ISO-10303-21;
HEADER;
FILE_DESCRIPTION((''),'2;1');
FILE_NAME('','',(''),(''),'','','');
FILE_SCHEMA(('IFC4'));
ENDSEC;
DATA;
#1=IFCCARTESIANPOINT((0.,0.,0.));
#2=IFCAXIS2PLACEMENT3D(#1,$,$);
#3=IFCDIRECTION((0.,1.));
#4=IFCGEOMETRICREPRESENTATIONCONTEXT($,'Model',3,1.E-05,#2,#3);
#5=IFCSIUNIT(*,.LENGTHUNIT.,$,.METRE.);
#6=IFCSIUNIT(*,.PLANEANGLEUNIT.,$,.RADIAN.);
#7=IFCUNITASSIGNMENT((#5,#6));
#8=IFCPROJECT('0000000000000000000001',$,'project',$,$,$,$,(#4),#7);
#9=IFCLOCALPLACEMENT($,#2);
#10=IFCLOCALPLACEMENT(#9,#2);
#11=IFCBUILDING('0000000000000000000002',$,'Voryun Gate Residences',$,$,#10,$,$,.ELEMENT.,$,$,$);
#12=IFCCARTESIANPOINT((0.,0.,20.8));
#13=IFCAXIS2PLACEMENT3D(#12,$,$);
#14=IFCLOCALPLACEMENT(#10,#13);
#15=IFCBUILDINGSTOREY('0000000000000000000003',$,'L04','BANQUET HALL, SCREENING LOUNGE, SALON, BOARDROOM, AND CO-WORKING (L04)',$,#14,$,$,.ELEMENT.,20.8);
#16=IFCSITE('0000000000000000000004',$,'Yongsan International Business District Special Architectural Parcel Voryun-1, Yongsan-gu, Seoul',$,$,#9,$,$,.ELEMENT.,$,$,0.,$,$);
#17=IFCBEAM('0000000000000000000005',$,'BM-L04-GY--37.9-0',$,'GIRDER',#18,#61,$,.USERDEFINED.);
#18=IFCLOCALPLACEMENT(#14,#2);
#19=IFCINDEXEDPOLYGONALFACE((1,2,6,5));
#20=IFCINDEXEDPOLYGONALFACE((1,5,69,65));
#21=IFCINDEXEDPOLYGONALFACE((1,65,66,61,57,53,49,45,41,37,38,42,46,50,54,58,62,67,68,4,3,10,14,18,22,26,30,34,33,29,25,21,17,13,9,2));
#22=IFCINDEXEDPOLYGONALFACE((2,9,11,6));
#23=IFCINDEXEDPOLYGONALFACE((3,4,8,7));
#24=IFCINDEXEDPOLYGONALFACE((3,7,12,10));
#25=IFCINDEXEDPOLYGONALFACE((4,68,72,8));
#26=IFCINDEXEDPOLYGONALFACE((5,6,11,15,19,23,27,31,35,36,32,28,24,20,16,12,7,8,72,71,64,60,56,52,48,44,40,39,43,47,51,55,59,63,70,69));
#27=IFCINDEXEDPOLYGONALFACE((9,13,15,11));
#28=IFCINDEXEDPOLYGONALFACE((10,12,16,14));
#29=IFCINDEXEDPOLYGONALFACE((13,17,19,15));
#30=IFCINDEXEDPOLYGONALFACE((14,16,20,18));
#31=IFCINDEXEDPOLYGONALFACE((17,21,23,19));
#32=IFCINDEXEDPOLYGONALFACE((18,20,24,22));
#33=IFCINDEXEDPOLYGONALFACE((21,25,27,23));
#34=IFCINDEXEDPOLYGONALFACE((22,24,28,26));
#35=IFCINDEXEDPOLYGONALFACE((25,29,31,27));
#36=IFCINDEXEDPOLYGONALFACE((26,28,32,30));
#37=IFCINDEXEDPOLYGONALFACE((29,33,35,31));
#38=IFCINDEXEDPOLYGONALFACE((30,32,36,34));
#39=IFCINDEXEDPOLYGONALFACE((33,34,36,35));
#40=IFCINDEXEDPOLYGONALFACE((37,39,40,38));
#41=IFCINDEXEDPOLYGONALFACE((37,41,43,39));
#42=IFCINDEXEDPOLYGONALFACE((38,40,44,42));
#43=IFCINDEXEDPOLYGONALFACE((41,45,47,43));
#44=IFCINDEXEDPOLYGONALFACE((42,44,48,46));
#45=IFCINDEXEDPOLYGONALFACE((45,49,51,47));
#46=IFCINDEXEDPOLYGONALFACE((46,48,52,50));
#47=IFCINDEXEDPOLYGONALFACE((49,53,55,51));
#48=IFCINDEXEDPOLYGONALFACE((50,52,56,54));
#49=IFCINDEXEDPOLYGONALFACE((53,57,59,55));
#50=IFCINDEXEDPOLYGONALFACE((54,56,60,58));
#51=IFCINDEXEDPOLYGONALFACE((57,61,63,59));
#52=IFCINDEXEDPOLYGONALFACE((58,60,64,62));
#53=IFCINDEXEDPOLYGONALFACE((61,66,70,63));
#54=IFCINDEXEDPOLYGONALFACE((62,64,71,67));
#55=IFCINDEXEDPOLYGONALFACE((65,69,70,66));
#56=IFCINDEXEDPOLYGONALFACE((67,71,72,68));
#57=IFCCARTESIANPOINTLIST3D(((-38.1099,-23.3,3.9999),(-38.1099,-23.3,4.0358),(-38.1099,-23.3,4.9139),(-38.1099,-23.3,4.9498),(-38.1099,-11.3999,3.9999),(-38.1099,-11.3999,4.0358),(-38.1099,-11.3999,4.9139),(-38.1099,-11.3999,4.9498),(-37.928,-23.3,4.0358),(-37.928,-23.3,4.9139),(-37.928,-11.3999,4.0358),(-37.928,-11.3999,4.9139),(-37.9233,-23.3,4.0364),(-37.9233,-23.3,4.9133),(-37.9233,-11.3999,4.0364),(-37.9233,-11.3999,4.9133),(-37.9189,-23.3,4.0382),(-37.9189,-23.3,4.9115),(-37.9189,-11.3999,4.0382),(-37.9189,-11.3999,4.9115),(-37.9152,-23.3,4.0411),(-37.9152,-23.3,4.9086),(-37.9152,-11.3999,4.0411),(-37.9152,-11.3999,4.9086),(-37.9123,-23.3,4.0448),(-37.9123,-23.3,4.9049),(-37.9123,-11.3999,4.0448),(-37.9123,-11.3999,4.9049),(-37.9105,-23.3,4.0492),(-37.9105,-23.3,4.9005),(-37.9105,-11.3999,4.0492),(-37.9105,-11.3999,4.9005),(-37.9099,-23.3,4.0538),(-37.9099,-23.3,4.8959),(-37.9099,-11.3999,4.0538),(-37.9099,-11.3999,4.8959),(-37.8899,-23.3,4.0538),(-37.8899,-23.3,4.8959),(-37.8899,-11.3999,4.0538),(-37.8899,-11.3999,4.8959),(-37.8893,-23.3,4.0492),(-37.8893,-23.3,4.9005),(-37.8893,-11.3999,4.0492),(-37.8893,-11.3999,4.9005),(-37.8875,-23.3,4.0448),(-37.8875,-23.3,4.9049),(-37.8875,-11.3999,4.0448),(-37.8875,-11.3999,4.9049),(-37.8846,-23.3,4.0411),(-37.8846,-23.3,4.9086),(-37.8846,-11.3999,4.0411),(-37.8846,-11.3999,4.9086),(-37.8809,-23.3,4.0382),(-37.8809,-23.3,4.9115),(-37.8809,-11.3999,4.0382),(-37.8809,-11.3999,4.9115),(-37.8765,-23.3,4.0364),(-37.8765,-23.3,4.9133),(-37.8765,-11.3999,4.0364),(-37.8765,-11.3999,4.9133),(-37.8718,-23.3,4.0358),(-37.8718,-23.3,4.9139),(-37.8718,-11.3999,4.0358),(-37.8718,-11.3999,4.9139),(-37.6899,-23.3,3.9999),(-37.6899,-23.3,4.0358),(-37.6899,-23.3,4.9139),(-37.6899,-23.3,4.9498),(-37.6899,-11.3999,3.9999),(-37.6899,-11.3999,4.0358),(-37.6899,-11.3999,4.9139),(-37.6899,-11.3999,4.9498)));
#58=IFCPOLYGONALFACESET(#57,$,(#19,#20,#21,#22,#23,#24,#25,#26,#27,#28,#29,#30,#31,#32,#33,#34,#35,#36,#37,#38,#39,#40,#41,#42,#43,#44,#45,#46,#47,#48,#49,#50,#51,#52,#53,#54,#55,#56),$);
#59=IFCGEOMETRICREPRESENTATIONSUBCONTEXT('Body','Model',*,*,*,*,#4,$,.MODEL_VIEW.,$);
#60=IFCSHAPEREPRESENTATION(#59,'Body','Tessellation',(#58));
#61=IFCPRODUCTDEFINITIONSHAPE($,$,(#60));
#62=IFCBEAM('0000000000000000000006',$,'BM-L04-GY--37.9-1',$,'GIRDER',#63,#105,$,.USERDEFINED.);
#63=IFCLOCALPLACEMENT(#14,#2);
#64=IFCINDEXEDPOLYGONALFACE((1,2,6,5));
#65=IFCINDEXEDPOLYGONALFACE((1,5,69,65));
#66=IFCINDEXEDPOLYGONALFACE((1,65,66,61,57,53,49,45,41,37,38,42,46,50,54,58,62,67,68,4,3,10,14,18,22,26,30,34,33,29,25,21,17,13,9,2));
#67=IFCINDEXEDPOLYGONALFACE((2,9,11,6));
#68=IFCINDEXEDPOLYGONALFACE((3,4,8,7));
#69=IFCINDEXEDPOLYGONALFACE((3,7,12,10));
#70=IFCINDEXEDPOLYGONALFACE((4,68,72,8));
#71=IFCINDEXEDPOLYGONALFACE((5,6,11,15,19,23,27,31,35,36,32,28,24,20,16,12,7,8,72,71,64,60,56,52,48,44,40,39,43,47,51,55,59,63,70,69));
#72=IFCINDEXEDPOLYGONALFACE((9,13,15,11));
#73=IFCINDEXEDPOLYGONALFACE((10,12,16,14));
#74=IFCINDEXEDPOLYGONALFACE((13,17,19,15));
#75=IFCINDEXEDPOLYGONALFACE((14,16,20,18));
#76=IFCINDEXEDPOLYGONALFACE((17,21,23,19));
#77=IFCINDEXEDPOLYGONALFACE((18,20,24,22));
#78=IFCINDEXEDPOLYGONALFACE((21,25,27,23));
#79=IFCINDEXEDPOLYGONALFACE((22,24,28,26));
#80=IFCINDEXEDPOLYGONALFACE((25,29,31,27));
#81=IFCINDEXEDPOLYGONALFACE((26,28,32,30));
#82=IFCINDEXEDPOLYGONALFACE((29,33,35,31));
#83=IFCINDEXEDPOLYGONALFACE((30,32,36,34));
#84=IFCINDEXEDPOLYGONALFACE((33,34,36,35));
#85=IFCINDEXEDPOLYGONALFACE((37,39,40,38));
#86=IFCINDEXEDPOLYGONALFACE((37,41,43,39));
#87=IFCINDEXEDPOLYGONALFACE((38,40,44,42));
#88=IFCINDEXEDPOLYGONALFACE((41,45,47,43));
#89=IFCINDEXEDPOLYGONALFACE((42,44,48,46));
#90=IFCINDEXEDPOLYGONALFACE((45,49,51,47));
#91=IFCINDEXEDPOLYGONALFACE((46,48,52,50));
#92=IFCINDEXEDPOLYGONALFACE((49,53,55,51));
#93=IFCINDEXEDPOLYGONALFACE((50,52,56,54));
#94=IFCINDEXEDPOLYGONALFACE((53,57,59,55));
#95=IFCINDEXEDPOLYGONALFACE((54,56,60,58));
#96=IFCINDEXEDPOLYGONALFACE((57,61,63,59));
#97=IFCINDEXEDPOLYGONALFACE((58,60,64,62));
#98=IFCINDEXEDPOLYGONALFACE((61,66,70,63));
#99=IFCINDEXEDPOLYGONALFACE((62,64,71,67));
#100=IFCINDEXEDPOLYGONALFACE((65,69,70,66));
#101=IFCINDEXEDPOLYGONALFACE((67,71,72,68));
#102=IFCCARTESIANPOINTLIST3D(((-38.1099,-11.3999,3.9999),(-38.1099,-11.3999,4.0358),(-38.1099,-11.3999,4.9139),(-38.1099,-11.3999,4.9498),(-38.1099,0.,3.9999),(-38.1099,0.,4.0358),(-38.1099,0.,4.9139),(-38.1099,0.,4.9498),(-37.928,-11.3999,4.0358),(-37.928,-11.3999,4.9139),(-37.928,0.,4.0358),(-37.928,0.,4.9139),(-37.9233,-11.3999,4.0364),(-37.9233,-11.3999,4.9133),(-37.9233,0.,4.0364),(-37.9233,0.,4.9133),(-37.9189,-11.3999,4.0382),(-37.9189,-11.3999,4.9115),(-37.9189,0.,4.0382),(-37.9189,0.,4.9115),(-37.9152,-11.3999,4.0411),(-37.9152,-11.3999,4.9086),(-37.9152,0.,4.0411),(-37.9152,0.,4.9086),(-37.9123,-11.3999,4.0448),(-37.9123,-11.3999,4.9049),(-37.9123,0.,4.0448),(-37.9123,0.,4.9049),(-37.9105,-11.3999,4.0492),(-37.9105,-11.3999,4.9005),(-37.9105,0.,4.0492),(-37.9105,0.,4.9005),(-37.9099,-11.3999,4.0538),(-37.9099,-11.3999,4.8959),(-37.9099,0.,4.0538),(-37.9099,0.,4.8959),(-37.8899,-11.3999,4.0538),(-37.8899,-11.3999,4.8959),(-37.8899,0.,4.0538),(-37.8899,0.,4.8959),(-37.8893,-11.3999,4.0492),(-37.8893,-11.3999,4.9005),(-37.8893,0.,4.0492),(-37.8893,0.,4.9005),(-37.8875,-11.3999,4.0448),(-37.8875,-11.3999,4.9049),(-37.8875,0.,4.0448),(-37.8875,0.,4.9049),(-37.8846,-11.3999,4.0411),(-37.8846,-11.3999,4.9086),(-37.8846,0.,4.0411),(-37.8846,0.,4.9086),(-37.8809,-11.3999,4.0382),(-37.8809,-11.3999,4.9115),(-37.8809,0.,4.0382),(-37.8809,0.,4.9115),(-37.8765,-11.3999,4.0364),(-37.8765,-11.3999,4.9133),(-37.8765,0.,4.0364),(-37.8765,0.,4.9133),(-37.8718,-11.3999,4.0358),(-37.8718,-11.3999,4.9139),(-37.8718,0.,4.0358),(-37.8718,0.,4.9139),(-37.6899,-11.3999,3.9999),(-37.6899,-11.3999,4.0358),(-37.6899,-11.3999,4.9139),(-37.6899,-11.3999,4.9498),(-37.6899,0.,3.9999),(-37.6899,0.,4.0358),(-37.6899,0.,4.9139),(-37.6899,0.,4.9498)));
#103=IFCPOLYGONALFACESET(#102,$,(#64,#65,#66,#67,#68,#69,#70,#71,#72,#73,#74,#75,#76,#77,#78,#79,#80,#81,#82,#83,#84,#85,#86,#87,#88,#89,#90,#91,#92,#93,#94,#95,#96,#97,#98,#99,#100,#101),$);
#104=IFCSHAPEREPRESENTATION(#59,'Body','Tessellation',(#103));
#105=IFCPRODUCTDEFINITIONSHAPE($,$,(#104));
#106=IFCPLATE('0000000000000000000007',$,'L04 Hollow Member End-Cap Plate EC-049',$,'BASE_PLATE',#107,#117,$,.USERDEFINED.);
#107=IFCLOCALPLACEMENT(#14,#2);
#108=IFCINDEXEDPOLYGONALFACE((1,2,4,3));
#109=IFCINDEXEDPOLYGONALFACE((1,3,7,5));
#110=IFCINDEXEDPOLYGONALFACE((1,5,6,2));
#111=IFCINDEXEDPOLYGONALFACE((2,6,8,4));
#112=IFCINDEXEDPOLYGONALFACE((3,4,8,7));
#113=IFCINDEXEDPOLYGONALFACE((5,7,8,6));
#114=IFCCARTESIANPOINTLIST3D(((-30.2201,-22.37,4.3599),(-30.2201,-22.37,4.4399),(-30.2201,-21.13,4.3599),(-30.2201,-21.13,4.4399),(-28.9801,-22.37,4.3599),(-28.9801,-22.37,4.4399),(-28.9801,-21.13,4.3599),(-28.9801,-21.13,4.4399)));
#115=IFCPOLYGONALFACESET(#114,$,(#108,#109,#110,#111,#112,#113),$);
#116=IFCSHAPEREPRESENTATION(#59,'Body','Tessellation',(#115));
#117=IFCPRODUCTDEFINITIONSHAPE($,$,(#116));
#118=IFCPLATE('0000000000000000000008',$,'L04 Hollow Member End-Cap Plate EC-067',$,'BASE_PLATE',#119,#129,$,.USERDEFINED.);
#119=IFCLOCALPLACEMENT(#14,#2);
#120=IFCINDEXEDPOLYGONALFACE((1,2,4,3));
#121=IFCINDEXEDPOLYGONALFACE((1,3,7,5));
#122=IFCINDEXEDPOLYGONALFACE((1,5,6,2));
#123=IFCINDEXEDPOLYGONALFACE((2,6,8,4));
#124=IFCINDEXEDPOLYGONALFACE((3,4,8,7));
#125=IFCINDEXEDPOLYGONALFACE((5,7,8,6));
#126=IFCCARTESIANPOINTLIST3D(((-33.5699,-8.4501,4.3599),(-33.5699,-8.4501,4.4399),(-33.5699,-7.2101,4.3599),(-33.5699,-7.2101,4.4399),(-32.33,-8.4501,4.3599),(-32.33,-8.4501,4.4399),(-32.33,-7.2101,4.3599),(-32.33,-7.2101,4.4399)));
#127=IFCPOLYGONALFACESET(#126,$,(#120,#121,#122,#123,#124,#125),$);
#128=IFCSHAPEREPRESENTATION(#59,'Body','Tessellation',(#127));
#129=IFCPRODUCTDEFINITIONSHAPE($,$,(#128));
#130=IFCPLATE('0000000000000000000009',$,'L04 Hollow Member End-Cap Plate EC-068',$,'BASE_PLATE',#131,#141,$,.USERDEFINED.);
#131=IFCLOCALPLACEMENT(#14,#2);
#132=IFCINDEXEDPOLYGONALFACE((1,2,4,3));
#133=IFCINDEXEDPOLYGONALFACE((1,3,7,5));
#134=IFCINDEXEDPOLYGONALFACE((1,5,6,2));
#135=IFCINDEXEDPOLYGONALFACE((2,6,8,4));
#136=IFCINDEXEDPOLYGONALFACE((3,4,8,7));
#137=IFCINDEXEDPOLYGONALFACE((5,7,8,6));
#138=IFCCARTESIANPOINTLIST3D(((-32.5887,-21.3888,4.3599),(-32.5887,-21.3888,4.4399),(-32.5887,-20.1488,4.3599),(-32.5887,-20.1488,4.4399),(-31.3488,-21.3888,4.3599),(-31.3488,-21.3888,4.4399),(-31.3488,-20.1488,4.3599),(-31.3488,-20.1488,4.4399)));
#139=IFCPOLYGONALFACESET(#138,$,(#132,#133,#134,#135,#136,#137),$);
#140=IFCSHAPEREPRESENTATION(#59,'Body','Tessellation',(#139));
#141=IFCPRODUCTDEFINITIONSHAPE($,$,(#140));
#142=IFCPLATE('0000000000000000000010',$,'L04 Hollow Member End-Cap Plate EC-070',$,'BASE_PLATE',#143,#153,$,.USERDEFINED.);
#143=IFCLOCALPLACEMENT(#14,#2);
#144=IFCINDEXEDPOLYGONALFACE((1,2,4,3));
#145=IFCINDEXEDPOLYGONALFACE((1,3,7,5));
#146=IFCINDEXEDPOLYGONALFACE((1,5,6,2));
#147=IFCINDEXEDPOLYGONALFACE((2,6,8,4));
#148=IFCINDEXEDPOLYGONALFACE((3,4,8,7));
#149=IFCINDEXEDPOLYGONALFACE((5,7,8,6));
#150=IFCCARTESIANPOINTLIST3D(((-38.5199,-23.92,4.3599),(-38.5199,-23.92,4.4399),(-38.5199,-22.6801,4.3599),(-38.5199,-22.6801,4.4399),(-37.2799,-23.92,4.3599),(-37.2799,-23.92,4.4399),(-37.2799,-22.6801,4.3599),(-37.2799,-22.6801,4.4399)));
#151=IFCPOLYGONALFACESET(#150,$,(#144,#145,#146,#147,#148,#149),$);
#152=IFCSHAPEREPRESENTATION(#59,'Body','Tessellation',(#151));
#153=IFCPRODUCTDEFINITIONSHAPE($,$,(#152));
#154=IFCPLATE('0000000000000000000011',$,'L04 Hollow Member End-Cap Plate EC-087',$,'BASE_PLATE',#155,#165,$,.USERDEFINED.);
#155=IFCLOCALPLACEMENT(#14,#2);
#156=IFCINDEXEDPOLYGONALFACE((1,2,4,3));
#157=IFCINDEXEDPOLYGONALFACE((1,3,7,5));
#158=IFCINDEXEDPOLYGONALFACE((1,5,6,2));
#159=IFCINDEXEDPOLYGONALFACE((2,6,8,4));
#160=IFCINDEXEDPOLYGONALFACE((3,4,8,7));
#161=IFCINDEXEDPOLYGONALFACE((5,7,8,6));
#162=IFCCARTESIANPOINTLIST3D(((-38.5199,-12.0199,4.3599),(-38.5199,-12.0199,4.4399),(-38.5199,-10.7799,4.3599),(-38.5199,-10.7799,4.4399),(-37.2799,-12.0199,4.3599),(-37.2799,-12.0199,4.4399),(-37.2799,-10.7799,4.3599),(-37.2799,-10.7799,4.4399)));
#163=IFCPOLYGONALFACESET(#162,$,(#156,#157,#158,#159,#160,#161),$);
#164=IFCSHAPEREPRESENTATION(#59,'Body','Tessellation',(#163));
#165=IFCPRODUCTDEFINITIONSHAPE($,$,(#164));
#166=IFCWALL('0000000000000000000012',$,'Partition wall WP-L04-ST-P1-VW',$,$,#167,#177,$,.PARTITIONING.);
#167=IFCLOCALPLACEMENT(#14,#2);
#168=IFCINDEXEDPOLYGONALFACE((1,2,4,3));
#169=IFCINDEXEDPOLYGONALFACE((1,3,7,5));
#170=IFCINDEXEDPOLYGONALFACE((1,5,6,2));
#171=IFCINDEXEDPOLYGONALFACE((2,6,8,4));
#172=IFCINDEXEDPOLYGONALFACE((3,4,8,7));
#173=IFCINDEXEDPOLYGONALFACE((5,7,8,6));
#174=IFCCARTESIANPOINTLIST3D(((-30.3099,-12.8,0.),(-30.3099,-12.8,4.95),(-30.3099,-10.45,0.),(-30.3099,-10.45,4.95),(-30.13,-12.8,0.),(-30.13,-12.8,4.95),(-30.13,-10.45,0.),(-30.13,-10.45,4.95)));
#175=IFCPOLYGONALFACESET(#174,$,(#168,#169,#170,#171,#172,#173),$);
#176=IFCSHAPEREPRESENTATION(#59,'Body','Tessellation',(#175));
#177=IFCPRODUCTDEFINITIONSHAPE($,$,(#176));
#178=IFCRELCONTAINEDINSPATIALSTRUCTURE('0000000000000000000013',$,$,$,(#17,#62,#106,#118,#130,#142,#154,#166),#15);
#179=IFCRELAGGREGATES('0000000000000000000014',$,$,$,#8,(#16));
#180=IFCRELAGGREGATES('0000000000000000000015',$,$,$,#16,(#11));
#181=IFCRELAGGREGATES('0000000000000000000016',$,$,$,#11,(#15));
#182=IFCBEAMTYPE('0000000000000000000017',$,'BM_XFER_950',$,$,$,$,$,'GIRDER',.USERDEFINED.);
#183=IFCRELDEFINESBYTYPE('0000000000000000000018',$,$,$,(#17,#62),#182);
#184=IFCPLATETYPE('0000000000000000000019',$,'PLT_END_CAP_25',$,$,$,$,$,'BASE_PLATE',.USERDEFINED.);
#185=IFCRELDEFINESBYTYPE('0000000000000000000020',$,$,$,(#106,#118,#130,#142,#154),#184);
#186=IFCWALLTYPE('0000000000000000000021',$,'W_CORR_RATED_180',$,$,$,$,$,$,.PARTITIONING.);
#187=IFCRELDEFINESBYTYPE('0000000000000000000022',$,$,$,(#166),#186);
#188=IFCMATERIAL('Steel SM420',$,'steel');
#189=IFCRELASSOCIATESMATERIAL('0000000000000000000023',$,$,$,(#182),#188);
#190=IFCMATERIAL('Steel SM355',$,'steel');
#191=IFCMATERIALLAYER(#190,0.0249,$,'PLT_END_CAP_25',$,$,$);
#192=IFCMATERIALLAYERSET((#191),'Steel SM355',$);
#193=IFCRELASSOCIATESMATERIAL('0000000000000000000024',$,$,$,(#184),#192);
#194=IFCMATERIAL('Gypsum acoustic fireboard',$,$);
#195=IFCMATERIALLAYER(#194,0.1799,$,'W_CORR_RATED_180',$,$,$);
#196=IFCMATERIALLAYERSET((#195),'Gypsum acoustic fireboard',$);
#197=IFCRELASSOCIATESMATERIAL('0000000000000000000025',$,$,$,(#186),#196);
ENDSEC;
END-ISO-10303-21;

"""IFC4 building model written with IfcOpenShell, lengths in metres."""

from ifc_helpers import new_model, si_unit, direction, frame, frame_2d, origin, origin_2d, place, context, subcontext, project, spatial, rectangle, i_section, extrude, material, layer, layer_set, material_profile, profile_set, type_object, element, save


model = new_model("IFC4")

# Units and contexts
model_context = context("Model", 3, precision=1e-05, world=origin(), true_north=direction((0.0, 1.0)))
body_context = subcontext(model_context, "Body", "Model", "MODEL_VIEW")
ifc_project = project(units=[si_unit("LENGTHUNIT", "METRE"), si_unit("PLANEANGLEUNIT", "RADIAN")], contexts=[model_context])

# Site, building, storey
site_placement = place(None, origin())
site = spatial("IfcSite", under=ifc_project, at=site_placement, Name="Yongsan International Business District Special Architectural Parcel Voryun-1, Yongsan-gu, Seoul", CompositionType="ELEMENT", RefElevation=0.0)
building_placement = place(site_placement, origin())
building = spatial("IfcBuilding", under=site, at=building_placement, Name="Voryun Gate Residences", CompositionType="ELEMENT")
storey_placement = place(building_placement, frame((0.0, 0.0, 20.8)))
storey = spatial("IfcBuildingStorey", under=building, at=storey_placement, Name="L04", Description="BANQUET HALL, SCREENING LOUNGE, SALON, BOARDROOM, AND CO-WORKING (L04)", CompositionType="ELEMENT", Elevation=20.8)

# Beams
ifc_material_1 = material(Name="Steel SM420", Category="steel")
ifc_material_profile_1 = material_profile(ifc_material_1, i_section(OverallWidth=0.4199, OverallDepth=0.95, WebThickness=0.02, FlangeThickness=0.0359, FilletRadius=0.0181, at=origin_2d()), Name="H-950x420x20x36")
ifc_profile_set_1 = profile_set([ifc_material_profile_1], Name="Steel SM420")
beam_type_1 = type_object("IfcBeamType", Name="BM_XFER_950", ElementType="GIRDER", PredefinedType="USERDEFINED", material=ifc_profile_set_1)
beam_1_placement = place(storey_placement, frame((-37.8999, -23.3, 4.4749), z_axis=(0.0, 1.0, 0.0), x_axis=(-1.0, 0.0, 0.0)))
element("IfcBeam", 1, at=beam_1_placement, inside=storey, type_object=beam_type_1, Name="BM-L04-GY--37.9-0", ObjectType="GIRDER", PredefinedType="USERDEFINED", context=body_context, shape_type="SweptSolid", body=[
    extrude(i_section(OverallWidth=0.4199, OverallDepth=0.95, WebThickness=0.02, FlangeThickness=0.0359, FilletRadius=0.0181, at=origin_2d()), origin(), (0.0, 0.0, 1.0), 11.9001),
])
beam_2_placement = place(storey_placement, frame((-37.8999, -11.3999, 4.4749), z_axis=(0.0, 1.0, 0.0), x_axis=(-1.0, 0.0, 0.0)))
element("IfcBeam", 2, at=beam_2_placement, inside=storey, type_object=beam_type_1, Name="BM-L04-GY--37.9-1", ObjectType="GIRDER", PredefinedType="USERDEFINED", context=body_context, shape_type="SweptSolid", body=[
    extrude(i_section(OverallWidth=0.4199, OverallDepth=0.95, WebThickness=0.02, FlangeThickness=0.0359, FilletRadius=0.0181, at=origin_2d()), origin(), (0.0, 0.0, 1.0), 11.3999),
])

# Plates
ifc_material_2 = material(Name="Steel SM355", Category="steel")
ifc_layer_1 = layer(ifc_material_2, 0.0249, Name="PLT_END_CAP_25")
ifc_layer_set_1 = layer_set([ifc_layer_1], Name="Steel SM355")
plate_type = type_object("IfcPlateType", Name="PLT_END_CAP_25", ElementType="BASE_PLATE", PredefinedType="USERDEFINED", material=ifc_layer_set_1)
for number, where, z_axis, x_axis, name in (
    (3, (-29.6001, -21.75, 4.3599), (0.0, 0.0, 1.0), (1.0, 0.0, 0.0), "L04 Hollow Member End-Cap Plate EC-049"),
    (4, (-32.95, -7.8301, 4.3599), (0.0, 0.0, 1.0), (1.0, 0.0, 0.0), "L04 Hollow Member End-Cap Plate EC-067"),
    (5, (-31.9688, -20.7688, 4.3599), (0.0, 0.0, 1.0), (1.0, 0.0, 0.0), "L04 Hollow Member End-Cap Plate EC-068"),
    (6, (-37.8999, -23.3, 4.3599), (0.0, 0.0, 1.0), (1.0, 0.0, 0.0), "L04 Hollow Member End-Cap Plate EC-070"),
    (7, (-37.8999, -11.3999, 4.3599), (0.0, 0.0, 1.0), (1.0, 0.0, 0.0), "L04 Hollow Member End-Cap Plate EC-087"),
):
    element("IfcPlate", number, at=place(storey_placement, frame(where, z_axis=z_axis, x_axis=x_axis)), inside=storey, type_object=plate_type, Name=name, ObjectType="BASE_PLATE", PredefinedType="USERDEFINED", context=body_context, shape_type="SweptSolid", body=[
        extrude(rectangle(XDim=1.24, YDim=1.24, at=origin_2d()), origin(), (0.0, 0.0, 1.0), 0.0801),
    ])

# Wall
ifc_material_3 = material(Name="Gypsum acoustic fireboard")
ifc_layer_2 = layer(ifc_material_3, 0.1799, Name="W_CORR_RATED_180")
ifc_layer_set_2 = layer_set([ifc_layer_2], Name="Gypsum acoustic fireboard")
wall_type_1 = type_object("IfcWallType", Name="W_CORR_RATED_180", PredefinedType="PARTITIONING", material=ifc_layer_set_2)
wall_1_placement = place(storey_placement, frame((-30.22, -12.8, 0.0), z_axis=(0.0, 0.0, 1.0), x_axis=(0.0, 1.0, 0.0)))
element("IfcWall", 8, at=wall_1_placement, inside=storey, type_object=wall_type_1, Name="Partition wall WP-L04-ST-P1-VW", PredefinedType="PARTITIONING", context=body_context, shape_type="SweptSolid", body=[
    extrude(rectangle(XDim=2.3501, YDim=0.1799, at=frame_2d((1.175, 0.0))), origin(), (0.0, 0.0, 1.0), 4.95),
])

save(model, "model.ifc")
